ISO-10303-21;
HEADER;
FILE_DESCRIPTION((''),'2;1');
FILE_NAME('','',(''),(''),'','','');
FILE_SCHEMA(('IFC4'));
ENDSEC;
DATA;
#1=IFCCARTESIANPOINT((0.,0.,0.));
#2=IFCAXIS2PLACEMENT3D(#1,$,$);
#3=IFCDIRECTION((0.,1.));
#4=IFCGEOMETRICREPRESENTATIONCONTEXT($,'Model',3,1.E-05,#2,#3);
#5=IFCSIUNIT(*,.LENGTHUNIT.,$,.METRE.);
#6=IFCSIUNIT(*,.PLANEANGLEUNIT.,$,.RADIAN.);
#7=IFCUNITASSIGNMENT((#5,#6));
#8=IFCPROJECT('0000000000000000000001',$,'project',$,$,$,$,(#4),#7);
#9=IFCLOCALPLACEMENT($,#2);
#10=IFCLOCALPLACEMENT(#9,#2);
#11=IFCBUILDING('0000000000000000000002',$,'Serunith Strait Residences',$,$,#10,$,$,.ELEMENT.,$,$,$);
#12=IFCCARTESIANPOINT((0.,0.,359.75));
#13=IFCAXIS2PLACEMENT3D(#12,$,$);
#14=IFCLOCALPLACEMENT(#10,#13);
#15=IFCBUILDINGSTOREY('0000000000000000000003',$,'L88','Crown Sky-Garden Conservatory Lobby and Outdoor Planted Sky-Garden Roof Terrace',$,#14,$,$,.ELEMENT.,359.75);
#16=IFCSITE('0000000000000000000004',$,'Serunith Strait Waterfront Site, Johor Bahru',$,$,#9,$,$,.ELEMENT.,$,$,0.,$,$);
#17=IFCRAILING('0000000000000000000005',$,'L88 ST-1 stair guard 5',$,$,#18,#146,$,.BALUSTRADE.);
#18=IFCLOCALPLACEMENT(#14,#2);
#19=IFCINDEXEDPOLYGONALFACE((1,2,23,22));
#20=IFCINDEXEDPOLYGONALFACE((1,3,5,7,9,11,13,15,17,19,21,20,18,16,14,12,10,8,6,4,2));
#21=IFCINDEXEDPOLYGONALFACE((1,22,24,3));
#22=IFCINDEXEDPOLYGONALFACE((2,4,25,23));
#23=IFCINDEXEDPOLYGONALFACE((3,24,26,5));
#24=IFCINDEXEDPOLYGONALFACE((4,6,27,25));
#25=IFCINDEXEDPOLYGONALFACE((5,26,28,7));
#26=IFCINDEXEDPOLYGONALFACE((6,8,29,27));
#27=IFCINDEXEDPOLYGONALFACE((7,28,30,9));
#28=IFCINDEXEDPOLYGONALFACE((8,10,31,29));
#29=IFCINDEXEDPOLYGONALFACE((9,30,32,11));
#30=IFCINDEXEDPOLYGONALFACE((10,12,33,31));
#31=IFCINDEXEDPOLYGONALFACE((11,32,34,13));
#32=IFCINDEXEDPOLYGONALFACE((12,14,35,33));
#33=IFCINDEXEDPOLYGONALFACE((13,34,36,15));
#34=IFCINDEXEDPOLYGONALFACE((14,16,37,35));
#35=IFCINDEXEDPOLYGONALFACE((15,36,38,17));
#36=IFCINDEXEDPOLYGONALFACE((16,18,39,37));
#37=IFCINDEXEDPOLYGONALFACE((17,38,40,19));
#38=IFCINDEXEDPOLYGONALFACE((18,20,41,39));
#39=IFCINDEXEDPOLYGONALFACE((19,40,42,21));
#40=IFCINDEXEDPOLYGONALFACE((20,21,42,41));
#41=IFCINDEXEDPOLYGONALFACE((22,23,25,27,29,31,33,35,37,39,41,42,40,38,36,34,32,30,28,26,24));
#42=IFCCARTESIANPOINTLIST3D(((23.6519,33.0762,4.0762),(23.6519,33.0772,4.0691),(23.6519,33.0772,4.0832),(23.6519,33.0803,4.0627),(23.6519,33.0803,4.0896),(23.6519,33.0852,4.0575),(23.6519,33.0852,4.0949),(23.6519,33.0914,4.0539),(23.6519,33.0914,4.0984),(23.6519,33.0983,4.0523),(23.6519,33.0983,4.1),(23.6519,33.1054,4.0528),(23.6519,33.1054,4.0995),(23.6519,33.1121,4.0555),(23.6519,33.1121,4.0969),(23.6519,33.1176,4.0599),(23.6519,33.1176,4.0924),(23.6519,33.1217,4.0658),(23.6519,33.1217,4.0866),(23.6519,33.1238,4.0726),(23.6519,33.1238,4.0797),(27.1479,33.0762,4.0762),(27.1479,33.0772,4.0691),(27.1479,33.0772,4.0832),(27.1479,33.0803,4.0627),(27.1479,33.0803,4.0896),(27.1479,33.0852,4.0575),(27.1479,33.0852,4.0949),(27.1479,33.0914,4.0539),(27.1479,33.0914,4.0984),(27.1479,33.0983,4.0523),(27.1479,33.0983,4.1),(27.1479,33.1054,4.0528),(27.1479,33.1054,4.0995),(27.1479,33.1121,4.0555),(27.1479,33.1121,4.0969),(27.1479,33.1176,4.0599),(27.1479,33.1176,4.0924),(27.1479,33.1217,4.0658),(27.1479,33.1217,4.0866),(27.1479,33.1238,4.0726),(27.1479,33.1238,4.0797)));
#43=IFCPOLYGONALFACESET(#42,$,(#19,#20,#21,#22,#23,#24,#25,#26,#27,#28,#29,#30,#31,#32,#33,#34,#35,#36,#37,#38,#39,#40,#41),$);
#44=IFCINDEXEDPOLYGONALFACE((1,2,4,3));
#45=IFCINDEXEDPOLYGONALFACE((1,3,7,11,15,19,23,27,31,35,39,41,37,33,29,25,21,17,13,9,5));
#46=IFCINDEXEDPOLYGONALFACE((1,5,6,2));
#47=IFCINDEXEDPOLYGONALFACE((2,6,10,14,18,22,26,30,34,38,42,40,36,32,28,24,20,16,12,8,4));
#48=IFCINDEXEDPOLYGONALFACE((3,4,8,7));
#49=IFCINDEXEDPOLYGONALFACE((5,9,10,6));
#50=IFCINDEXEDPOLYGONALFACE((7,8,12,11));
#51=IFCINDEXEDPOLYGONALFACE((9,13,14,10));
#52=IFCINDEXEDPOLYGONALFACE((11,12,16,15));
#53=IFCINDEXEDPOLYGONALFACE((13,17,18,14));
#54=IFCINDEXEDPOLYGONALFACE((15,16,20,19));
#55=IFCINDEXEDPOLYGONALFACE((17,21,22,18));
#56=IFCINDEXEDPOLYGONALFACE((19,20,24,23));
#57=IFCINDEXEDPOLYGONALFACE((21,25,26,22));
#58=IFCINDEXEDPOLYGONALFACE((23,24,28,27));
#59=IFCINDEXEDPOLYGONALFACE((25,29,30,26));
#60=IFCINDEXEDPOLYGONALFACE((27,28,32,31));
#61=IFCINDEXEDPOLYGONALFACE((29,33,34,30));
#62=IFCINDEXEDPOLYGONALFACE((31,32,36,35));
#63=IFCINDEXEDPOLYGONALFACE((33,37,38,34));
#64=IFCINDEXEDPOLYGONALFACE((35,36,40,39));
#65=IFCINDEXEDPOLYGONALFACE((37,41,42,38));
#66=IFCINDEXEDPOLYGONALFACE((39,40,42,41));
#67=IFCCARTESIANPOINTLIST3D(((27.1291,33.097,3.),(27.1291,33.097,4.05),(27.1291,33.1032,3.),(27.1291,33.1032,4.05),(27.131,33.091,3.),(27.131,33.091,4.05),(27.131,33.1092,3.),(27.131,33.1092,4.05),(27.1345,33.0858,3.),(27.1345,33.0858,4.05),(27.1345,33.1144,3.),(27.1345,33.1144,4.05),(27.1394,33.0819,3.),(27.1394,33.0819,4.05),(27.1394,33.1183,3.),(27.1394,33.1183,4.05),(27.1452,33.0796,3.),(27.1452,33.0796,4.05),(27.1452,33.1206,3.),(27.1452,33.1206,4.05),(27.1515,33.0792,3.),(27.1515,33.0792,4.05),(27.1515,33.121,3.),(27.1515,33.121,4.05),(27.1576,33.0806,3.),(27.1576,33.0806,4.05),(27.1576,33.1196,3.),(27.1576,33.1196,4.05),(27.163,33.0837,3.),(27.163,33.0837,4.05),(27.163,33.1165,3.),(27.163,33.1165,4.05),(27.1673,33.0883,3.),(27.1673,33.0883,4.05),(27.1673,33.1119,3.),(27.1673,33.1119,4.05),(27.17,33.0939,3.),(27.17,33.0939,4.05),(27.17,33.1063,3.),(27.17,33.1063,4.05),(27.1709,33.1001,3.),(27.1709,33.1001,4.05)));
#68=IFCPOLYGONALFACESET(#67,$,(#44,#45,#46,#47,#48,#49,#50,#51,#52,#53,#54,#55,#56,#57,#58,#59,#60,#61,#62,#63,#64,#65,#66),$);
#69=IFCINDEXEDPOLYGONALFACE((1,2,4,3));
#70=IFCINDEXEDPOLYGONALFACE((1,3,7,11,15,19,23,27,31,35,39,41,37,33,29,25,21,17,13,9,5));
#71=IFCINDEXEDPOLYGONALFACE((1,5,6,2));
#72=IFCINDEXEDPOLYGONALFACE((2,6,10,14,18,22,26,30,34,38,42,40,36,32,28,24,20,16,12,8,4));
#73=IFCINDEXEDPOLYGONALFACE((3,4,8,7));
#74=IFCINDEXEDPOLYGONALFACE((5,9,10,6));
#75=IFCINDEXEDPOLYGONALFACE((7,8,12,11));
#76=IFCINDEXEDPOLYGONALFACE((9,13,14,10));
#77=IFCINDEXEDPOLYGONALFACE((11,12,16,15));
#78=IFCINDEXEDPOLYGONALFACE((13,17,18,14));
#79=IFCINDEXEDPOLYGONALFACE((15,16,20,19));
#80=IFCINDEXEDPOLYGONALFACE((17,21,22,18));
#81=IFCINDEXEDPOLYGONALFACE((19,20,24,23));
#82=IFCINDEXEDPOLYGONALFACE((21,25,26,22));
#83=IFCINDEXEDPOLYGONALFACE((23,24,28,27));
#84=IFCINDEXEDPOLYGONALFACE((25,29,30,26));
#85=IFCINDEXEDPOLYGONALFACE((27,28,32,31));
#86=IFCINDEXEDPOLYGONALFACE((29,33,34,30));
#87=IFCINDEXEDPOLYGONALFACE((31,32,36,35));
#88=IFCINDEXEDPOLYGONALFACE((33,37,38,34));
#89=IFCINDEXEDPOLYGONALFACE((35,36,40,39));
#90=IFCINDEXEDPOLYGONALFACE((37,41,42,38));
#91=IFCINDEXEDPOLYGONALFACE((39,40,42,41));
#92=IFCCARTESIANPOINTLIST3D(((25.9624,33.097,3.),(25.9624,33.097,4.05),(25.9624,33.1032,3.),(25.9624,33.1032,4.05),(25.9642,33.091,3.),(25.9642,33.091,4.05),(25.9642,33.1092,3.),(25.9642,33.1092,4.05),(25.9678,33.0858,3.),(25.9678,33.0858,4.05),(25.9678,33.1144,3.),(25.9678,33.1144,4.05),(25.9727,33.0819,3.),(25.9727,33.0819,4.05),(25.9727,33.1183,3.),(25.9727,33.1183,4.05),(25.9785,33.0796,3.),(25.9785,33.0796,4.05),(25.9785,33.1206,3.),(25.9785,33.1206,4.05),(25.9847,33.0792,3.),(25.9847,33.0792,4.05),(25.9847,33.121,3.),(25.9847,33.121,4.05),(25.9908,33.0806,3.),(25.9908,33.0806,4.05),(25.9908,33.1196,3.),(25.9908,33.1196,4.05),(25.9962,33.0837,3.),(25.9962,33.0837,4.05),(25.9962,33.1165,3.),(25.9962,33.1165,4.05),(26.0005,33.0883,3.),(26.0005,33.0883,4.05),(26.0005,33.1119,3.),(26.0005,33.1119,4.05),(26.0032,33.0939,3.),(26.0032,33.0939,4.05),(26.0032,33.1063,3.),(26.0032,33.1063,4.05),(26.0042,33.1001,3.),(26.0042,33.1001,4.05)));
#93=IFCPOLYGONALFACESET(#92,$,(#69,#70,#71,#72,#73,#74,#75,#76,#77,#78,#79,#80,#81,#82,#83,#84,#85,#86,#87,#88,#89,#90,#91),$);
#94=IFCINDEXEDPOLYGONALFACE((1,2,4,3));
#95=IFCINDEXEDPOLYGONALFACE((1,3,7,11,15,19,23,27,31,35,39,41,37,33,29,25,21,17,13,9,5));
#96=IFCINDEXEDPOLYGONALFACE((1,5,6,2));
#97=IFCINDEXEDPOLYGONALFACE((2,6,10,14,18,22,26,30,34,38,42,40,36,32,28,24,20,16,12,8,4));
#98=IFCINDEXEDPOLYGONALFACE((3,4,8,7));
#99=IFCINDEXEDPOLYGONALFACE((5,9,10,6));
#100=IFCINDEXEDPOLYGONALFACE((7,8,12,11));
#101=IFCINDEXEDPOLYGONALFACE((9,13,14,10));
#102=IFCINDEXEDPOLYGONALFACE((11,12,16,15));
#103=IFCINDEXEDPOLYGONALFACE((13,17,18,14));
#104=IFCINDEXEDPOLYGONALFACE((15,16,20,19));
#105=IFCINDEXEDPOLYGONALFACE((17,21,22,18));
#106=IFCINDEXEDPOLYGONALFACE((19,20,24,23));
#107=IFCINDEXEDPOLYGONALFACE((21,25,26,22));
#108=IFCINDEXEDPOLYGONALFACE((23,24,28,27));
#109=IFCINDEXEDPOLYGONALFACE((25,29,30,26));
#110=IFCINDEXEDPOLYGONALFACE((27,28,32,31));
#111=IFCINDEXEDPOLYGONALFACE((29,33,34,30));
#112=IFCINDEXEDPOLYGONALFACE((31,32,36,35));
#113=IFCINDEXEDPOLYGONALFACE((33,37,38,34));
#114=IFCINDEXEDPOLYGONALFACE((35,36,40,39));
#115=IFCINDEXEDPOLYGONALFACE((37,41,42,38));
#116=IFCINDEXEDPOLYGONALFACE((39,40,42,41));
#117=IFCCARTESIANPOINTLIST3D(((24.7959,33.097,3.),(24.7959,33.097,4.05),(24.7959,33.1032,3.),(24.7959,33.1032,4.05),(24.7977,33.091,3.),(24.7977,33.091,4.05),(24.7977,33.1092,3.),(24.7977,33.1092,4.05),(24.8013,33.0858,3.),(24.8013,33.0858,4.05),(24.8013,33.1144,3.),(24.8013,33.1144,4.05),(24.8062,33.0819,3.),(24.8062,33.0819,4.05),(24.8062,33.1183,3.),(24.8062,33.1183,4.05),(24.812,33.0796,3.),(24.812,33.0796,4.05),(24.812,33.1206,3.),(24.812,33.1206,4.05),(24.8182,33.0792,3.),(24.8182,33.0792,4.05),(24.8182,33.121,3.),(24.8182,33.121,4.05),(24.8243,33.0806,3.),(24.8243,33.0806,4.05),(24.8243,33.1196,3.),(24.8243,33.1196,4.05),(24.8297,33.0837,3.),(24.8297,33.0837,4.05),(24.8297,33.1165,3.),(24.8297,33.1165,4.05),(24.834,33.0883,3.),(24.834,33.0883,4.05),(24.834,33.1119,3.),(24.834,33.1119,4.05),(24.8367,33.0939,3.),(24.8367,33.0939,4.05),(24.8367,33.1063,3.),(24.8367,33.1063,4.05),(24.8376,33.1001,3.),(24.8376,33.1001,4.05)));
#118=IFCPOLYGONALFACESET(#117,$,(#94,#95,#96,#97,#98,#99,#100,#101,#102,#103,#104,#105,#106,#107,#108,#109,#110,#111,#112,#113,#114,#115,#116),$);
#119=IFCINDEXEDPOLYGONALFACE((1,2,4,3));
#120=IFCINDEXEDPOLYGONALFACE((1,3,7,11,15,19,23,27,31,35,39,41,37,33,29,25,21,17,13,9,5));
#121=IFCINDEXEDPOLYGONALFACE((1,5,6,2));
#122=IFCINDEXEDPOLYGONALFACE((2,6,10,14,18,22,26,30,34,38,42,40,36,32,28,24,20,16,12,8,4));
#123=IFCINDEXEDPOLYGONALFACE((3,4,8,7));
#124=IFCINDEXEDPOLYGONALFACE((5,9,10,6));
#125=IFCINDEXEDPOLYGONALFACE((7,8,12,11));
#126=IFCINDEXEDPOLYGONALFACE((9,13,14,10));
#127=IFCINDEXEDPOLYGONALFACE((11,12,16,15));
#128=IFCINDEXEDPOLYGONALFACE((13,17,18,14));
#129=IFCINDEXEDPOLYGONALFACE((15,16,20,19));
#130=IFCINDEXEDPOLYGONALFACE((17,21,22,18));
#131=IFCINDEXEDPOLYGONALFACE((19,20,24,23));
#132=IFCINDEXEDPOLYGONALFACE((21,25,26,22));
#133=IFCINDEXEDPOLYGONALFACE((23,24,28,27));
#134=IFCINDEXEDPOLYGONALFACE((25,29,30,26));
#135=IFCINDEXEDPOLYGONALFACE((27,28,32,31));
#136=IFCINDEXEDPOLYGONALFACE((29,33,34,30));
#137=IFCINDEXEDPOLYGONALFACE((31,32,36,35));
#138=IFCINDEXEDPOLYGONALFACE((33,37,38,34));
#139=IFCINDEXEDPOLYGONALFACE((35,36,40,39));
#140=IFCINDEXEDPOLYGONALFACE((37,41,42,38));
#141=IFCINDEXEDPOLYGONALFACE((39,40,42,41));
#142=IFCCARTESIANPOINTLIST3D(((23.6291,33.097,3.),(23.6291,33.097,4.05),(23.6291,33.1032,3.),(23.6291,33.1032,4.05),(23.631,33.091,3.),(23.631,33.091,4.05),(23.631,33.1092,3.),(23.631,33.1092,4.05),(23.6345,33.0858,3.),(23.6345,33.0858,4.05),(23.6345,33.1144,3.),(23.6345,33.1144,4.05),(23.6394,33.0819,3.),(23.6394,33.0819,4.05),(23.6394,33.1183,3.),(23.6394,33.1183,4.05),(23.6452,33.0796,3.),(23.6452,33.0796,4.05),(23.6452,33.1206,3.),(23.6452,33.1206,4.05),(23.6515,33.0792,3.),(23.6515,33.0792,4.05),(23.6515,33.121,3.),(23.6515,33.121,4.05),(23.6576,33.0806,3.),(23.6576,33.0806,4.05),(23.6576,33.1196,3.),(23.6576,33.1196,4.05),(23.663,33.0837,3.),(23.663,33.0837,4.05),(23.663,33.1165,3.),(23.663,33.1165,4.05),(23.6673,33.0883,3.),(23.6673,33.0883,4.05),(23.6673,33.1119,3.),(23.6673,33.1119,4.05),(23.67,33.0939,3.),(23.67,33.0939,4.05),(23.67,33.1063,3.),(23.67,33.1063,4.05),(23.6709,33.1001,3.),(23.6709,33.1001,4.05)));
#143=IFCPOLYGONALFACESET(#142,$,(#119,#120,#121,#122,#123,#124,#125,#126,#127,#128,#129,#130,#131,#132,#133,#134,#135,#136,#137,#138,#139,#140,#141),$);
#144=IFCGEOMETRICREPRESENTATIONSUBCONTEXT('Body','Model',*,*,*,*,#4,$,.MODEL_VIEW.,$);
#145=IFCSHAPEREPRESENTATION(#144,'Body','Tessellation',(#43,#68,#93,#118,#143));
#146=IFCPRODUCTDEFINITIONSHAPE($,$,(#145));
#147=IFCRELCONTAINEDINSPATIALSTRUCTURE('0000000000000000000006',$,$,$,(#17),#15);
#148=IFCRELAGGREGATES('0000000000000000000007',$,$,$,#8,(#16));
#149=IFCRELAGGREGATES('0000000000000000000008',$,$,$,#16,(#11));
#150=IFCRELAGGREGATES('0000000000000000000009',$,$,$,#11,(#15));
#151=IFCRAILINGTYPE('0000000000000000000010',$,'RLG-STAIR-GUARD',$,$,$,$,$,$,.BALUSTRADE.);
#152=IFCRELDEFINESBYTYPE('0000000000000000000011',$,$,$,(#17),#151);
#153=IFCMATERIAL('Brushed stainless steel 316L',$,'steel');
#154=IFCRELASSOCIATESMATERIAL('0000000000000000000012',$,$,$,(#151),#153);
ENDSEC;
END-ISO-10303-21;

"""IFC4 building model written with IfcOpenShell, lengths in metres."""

from ifc_helpers import new_model, si_unit, direction, frame, origin, origin_2d, place, context, subcontext, project, spatial, circle, extrude, material, type_object, element, save


model = new_model("IFC4")

# Units and contexts
model_context = context("Model", 3, precision=1e-05, world=origin(), true_north=direction((0.0, 1.0)))
body_context = subcontext(model_context, "Body", "Model", "MODEL_VIEW")
ifc_project = project(units=[si_unit("LENGTHUNIT", "METRE"), si_unit("PLANEANGLEUNIT", "RADIAN")], contexts=[model_context])

# Site, building, storey
site_placement = place(None, origin())
site = spatial("IfcSite", under=ifc_project, at=site_placement, Name="Serunith Strait Waterfront Site, Johor Bahru", CompositionType="ELEMENT", RefElevation=0.0)
building_placement = place(site_placement, origin())
building = spatial("IfcBuilding", under=site, at=building_placement, Name="Serunith Strait Residences", CompositionType="ELEMENT")
storey_placement = place(building_placement, frame((0.0, 0.0, 359.75)))
storey = spatial("IfcBuildingStorey", under=building, at=storey_placement, Name="L88", Description="Crown Sky-Garden Conservatory Lobby and Outdoor Planted Sky-Garden Roof Terrace", CompositionType="ELEMENT", Elevation=359.75)

# Railing
ifc_material_1 = material(Name="Brushed stainless steel 316L", Category="steel")
railing_type_1 = type_object("IfcRailingType", Name="RLG-STAIR-GUARD", PredefinedType="BALUSTRADE", material=ifc_material_1)
railing_1_placement = place(storey_placement, frame((27.1499, 33.1001, 3.0)))
element("IfcRailing", 1, at=railing_1_placement, inside=storey, type_object=railing_type_1, Name="L88 ST-1 stair guard 5", PredefinedType="BALUSTRADE", context=body_context, shape_type="SweptSolid", body=[
    extrude(circle(Radius=0.0239, at=origin_2d()), frame((-0.002, 0.0, 1.0762), z_axis=(-1.0, 0.0, 0.0), x_axis=(0.0, -1.0, 0.0)), (0.0, 0.0, 1.0), 3.4961),
    extrude(circle(Radius=0.021, at=origin_2d()), origin(), (0.0, 0.0, 1.0), 1.05),
    extrude(circle(Radius=0.021, at=origin_2d()), frame((-1.1667, 0.0, 0.0)), (0.0, 0.0, 1.0), 1.05),
    extrude(circle(Radius=0.021, at=origin_2d()), frame((-2.3333, 0.0, 0.0)), (0.0, 0.0, 1.0), 1.05),
    extrude(circle(Radius=0.021, at=origin_2d()), frame((-3.5, 0.0, 0.0)), (0.0, 0.0, 1.0), 1.05),
])

save(model, "model.ifc")
